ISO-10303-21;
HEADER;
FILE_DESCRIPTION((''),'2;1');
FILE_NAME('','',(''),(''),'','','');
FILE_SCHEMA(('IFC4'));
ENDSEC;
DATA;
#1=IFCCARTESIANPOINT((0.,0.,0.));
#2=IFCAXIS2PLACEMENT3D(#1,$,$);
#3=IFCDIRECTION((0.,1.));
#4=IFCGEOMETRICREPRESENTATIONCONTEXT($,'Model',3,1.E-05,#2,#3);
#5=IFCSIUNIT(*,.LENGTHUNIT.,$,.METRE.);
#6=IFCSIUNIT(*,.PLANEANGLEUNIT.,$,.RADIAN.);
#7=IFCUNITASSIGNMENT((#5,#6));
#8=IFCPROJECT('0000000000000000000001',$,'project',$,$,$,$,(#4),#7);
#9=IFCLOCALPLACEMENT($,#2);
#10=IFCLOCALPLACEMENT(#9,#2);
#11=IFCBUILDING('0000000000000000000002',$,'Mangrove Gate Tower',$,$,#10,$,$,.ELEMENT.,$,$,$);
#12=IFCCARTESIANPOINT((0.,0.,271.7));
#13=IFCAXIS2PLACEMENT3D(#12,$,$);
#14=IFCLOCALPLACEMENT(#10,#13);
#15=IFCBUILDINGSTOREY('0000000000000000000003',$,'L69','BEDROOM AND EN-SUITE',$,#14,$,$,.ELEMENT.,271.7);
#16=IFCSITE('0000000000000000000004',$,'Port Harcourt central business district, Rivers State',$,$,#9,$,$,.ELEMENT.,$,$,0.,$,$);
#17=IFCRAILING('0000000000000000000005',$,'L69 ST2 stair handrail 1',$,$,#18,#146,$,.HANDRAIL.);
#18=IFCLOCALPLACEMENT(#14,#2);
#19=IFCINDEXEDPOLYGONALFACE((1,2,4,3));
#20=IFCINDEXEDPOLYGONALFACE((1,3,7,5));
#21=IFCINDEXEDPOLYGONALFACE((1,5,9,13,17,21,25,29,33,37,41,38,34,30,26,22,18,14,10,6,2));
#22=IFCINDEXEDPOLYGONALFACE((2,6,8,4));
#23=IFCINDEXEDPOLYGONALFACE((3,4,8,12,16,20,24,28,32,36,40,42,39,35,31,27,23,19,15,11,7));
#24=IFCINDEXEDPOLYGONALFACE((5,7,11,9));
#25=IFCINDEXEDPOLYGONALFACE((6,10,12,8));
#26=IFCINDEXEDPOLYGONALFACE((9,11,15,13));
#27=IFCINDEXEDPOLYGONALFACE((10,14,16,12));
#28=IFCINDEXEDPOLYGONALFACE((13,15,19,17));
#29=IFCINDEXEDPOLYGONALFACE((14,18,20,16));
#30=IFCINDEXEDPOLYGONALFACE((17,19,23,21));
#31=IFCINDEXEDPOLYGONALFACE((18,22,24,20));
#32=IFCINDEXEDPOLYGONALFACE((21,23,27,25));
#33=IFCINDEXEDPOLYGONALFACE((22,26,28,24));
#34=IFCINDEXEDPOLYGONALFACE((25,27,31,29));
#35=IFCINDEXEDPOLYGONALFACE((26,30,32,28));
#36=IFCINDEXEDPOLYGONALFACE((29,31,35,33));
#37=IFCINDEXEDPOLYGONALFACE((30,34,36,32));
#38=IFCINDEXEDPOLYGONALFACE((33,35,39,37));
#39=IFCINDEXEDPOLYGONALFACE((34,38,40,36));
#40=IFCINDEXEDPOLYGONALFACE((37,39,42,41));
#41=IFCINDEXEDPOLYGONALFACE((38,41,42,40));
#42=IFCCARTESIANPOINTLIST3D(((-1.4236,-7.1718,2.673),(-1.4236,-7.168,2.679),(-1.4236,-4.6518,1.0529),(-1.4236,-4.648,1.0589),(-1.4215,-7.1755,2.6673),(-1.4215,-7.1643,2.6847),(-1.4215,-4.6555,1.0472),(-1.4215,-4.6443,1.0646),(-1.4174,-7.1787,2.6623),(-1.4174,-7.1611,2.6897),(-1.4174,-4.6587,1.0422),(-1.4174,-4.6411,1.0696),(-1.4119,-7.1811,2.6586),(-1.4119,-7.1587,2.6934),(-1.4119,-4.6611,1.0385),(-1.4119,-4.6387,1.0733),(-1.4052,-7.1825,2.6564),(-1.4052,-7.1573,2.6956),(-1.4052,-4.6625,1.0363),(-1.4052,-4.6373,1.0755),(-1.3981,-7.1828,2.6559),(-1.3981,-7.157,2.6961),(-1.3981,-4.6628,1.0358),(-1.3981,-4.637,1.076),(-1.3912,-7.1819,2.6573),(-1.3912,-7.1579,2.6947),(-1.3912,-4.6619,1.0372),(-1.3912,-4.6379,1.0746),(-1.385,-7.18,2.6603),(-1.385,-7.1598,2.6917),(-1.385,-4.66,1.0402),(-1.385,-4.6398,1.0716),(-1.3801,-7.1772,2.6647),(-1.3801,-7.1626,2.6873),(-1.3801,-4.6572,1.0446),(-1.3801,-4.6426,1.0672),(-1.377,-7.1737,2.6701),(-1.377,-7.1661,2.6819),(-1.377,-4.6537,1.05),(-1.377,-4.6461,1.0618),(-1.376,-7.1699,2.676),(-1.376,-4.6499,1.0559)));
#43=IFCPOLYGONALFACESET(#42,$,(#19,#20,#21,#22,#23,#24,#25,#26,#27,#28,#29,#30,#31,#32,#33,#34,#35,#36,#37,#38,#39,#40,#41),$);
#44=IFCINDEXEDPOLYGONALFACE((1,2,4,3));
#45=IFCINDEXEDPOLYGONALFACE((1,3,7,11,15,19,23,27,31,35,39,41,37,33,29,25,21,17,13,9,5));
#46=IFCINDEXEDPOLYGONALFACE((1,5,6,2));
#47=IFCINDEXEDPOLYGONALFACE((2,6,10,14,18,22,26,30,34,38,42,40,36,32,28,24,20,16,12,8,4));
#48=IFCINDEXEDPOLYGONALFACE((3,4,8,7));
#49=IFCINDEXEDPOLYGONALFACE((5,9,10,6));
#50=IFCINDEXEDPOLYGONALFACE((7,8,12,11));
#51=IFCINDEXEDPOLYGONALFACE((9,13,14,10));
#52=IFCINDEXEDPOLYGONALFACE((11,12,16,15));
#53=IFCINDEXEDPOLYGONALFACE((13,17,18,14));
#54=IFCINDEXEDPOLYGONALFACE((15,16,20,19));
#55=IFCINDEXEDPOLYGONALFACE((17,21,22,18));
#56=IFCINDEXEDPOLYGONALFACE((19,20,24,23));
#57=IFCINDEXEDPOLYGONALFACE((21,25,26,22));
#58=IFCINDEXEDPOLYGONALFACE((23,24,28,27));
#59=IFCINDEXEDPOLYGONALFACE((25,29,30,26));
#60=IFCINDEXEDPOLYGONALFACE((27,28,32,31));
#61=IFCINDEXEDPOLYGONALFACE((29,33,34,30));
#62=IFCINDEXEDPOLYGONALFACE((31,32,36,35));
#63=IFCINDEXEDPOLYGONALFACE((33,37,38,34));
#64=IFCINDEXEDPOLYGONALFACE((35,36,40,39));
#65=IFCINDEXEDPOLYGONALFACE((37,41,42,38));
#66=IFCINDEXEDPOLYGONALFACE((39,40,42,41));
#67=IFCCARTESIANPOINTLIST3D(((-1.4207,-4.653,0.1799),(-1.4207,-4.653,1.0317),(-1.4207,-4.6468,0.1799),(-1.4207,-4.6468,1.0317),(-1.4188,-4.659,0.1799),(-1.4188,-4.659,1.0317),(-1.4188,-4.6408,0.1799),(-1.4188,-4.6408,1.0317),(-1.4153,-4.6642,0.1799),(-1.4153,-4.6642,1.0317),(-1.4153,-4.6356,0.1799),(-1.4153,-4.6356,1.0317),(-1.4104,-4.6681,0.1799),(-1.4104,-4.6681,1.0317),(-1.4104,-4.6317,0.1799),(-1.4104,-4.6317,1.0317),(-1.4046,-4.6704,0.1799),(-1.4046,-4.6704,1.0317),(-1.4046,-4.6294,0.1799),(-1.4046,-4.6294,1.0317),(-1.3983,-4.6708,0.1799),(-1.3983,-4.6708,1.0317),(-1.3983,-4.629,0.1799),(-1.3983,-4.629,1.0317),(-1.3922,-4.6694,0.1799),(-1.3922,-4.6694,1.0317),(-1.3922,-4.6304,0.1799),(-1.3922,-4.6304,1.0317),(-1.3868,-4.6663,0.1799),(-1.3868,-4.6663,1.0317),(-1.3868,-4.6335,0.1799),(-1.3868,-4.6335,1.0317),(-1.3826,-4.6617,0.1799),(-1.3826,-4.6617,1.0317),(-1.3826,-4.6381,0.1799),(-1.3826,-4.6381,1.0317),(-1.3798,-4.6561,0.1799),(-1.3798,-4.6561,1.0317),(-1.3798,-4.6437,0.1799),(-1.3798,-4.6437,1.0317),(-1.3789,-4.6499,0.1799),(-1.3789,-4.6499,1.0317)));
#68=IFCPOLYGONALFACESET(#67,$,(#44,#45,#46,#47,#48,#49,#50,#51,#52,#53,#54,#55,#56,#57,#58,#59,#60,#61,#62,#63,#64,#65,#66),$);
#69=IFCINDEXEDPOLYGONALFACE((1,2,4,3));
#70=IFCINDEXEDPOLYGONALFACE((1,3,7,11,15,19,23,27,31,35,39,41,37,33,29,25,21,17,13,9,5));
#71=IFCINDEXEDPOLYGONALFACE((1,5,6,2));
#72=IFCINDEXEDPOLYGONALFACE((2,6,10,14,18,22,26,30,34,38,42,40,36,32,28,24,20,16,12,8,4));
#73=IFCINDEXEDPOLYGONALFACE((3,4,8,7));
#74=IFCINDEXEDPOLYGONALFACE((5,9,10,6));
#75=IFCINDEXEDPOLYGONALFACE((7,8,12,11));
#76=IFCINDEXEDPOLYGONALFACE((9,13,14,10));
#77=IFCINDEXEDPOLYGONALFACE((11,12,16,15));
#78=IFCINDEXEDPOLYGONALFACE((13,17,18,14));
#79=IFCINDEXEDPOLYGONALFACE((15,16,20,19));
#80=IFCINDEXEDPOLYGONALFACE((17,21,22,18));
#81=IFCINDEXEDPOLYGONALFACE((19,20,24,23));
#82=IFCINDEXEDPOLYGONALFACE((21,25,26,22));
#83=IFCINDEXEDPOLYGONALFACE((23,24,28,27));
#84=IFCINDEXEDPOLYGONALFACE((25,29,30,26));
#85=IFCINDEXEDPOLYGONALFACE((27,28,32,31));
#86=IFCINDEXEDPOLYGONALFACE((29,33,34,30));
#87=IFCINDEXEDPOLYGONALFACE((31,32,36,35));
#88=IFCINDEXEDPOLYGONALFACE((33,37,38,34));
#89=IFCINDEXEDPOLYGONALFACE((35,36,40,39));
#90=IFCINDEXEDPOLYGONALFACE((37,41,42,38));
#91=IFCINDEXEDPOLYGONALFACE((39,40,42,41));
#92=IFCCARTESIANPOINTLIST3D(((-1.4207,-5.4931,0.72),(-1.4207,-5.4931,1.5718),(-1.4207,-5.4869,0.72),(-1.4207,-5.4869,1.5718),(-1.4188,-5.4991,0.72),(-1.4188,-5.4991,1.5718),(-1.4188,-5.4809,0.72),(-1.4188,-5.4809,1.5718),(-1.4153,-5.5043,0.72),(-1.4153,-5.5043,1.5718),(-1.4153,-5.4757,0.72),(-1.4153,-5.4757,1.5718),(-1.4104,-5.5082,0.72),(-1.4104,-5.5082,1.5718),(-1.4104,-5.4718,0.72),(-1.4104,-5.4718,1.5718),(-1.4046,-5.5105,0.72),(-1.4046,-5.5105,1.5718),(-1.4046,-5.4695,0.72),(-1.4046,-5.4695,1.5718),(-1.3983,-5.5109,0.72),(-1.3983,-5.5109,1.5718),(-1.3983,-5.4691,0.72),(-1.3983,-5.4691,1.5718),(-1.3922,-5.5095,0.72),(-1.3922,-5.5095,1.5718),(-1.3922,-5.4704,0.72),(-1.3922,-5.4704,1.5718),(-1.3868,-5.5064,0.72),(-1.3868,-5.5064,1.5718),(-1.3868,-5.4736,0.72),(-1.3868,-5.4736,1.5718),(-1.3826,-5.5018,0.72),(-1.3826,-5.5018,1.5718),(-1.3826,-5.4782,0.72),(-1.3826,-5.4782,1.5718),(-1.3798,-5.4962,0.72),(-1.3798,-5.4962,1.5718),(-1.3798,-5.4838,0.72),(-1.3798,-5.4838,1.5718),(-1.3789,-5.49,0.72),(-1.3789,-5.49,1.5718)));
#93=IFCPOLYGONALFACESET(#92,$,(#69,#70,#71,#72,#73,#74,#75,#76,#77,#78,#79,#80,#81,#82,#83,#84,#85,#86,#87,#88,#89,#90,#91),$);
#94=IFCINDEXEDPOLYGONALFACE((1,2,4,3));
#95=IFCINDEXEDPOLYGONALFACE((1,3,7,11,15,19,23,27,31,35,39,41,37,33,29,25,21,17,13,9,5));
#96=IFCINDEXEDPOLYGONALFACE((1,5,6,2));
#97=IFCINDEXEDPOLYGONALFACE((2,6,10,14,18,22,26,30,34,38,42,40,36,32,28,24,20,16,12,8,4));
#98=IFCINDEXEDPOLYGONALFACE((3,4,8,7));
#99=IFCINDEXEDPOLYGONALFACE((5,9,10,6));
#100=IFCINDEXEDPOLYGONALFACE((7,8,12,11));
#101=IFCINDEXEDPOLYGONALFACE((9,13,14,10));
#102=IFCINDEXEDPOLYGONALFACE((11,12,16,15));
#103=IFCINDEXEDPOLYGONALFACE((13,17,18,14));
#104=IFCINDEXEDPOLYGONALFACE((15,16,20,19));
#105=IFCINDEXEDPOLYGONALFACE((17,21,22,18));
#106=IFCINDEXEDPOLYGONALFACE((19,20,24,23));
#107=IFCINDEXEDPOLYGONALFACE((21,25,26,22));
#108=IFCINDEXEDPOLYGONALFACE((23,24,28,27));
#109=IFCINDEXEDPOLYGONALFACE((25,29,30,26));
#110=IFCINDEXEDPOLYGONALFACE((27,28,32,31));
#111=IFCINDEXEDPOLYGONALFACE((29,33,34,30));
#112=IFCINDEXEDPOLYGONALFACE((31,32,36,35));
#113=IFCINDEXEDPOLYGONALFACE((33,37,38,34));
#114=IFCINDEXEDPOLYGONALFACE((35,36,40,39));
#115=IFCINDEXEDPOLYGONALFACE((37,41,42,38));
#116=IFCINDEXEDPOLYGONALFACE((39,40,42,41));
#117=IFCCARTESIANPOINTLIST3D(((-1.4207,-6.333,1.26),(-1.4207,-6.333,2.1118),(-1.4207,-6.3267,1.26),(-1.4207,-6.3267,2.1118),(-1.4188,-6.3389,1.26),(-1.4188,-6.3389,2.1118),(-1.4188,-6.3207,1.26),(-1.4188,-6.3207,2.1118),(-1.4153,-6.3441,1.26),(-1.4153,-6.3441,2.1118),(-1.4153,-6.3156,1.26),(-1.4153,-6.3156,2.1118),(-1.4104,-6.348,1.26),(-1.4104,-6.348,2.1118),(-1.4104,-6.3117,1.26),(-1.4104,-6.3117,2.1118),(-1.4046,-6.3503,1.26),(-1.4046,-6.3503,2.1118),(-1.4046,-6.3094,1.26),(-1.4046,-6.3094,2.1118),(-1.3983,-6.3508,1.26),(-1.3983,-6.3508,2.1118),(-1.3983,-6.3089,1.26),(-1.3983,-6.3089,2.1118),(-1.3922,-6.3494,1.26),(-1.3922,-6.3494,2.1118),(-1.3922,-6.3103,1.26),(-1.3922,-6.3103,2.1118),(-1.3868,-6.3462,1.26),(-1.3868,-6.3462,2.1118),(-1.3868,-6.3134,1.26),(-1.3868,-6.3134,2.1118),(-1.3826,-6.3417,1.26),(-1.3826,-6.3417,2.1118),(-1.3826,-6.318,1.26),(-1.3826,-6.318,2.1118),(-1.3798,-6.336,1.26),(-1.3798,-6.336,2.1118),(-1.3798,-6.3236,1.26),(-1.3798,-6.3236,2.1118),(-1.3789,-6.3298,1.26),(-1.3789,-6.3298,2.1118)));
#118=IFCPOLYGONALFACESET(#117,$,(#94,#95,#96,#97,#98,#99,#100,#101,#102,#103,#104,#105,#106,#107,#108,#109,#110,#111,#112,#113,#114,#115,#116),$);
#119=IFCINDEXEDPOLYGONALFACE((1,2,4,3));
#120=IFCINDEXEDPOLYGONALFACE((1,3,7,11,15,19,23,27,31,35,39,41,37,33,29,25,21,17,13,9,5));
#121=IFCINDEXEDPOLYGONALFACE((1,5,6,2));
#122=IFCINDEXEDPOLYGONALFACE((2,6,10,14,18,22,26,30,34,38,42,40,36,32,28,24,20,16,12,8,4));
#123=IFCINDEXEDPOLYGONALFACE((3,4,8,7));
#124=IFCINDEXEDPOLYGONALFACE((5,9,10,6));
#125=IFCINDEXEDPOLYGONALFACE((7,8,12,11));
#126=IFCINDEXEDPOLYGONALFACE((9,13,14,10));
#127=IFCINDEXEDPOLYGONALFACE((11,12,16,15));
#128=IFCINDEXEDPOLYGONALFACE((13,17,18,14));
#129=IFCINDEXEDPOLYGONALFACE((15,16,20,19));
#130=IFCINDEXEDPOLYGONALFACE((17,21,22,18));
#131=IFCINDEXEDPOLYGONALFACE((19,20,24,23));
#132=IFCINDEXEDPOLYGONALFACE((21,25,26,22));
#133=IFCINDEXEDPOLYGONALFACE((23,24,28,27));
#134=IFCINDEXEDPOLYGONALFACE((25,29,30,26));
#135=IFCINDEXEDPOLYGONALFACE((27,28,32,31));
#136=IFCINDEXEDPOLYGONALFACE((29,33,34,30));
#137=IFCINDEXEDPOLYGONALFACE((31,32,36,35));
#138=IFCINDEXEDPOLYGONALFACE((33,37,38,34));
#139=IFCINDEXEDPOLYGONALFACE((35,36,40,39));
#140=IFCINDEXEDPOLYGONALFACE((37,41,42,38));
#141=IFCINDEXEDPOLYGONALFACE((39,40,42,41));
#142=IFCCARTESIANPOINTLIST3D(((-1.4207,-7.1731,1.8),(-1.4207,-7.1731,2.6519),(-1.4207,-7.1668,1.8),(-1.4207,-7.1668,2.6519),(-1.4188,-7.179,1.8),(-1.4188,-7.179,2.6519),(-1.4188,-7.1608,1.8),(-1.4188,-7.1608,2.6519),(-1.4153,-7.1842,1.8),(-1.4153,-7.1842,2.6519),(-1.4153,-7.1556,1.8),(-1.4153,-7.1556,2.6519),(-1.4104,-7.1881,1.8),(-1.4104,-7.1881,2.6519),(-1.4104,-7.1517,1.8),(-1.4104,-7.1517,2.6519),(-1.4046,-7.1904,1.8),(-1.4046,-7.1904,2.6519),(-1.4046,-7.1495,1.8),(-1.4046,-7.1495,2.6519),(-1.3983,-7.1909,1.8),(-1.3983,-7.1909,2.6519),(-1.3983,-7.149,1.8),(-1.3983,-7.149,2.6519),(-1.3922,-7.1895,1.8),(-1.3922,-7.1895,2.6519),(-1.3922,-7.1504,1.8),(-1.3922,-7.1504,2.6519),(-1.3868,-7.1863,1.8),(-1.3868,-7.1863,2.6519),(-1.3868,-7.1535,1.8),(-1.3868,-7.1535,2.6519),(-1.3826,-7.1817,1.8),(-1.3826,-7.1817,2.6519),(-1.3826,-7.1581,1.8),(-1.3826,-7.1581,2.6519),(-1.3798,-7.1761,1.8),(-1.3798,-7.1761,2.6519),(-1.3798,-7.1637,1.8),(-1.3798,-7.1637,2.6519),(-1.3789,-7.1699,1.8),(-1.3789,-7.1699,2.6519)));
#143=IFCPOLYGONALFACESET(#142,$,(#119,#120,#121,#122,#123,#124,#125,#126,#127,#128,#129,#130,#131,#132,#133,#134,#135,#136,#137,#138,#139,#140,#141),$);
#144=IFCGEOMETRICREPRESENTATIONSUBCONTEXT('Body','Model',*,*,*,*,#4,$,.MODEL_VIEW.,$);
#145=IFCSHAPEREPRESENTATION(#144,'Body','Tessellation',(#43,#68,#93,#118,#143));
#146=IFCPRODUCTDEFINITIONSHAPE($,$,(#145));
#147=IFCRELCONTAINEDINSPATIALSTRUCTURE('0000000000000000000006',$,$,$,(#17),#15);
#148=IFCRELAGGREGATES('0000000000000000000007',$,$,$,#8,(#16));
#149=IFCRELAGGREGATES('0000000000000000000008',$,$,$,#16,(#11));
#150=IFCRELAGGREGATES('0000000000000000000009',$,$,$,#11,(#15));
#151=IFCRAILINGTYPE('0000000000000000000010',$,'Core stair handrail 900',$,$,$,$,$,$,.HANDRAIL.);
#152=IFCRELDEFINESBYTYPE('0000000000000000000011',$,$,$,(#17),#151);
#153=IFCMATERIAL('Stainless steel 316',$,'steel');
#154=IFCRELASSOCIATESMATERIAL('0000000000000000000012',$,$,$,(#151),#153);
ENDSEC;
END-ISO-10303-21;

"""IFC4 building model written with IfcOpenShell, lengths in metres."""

from ifc_helpers import new_model, si_unit, direction, frame, origin, origin_2d, place, context, subcontext, project, spatial, circle, extrude, material, type_object, element, save


model = new_model("IFC4")

# Units and contexts
model_context = context("Model", 3, precision=1e-05, world=origin(), true_north=direction((0.0, 1.0)))
body_context = subcontext(model_context, "Body", "Model", "MODEL_VIEW")
ifc_project = project(units=[si_unit("LENGTHUNIT", "METRE"), si_unit("PLANEANGLEUNIT", "RADIAN")], contexts=[model_context])

# Site, building, storey
site_placement = place(None, origin())
site = spatial("IfcSite", under=ifc_project, at=site_placement, Name="Port Harcourt central business district, Rivers State", CompositionType="ELEMENT", RefElevation=0.0)
building_placement = place(site_placement, origin())
building = spatial("IfcBuilding", under=site, at=building_placement, Name="Mangrove Gate Tower", CompositionType="ELEMENT")
storey_placement = place(building_placement, frame((0.0, 0.0, 271.7)))
storey = spatial("IfcBuildingStorey", under=building, at=storey_placement, Name="L69", Description="BEDROOM AND EN-SUITE", CompositionType="ELEMENT", Elevation=271.7)

# Railing
ifc_material_1 = material(Name="Stainless steel 316", Category="steel")
railing_type_1 = type_object("IfcRailingType", Name="Core stair handrail 900", PredefinedType="HANDRAIL", material=ifc_material_1)
railing_1_placement = place(storey_placement, frame((-1.3999, -4.6499, 0.1799)))
element("IfcRailing", 1, at=railing_1_placement, inside=storey, type_object=railing_type_1, Name="L69 ST2 stair handrail 1", PredefinedType="HANDRAIL", context=body_context, shape_type="SweptSolid", body=[
    extrude(circle(Radius=0.0239, at=origin_2d()), frame((0.0, 0.0, 0.876), z_axis=(0.0, -0.841163, 0.540782), x_axis=(1.0, 0.0, 0.0)), (0.0, 0.0, 1.0), 2.9958),
    extrude(circle(Radius=0.021, at=origin_2d()), origin(), (0.0, 0.0, 1.0), 0.8518),
    extrude(circle(Radius=0.021, at=origin_2d()), frame((0.0, -0.8401, 0.54)), (0.0, 0.0, 1.0), 0.8518),
    extrude(circle(Radius=0.021, at=origin_2d()), frame((0.0, -1.6799, 1.0801)), (0.0, 0.0, 1.0), 0.8518),
    extrude(circle(Radius=0.021, at=origin_2d()), frame((0.0, -2.52, 1.6201)), (0.0, 0.0, 1.0), 0.8518),
])

save(model, "model.ifc")
